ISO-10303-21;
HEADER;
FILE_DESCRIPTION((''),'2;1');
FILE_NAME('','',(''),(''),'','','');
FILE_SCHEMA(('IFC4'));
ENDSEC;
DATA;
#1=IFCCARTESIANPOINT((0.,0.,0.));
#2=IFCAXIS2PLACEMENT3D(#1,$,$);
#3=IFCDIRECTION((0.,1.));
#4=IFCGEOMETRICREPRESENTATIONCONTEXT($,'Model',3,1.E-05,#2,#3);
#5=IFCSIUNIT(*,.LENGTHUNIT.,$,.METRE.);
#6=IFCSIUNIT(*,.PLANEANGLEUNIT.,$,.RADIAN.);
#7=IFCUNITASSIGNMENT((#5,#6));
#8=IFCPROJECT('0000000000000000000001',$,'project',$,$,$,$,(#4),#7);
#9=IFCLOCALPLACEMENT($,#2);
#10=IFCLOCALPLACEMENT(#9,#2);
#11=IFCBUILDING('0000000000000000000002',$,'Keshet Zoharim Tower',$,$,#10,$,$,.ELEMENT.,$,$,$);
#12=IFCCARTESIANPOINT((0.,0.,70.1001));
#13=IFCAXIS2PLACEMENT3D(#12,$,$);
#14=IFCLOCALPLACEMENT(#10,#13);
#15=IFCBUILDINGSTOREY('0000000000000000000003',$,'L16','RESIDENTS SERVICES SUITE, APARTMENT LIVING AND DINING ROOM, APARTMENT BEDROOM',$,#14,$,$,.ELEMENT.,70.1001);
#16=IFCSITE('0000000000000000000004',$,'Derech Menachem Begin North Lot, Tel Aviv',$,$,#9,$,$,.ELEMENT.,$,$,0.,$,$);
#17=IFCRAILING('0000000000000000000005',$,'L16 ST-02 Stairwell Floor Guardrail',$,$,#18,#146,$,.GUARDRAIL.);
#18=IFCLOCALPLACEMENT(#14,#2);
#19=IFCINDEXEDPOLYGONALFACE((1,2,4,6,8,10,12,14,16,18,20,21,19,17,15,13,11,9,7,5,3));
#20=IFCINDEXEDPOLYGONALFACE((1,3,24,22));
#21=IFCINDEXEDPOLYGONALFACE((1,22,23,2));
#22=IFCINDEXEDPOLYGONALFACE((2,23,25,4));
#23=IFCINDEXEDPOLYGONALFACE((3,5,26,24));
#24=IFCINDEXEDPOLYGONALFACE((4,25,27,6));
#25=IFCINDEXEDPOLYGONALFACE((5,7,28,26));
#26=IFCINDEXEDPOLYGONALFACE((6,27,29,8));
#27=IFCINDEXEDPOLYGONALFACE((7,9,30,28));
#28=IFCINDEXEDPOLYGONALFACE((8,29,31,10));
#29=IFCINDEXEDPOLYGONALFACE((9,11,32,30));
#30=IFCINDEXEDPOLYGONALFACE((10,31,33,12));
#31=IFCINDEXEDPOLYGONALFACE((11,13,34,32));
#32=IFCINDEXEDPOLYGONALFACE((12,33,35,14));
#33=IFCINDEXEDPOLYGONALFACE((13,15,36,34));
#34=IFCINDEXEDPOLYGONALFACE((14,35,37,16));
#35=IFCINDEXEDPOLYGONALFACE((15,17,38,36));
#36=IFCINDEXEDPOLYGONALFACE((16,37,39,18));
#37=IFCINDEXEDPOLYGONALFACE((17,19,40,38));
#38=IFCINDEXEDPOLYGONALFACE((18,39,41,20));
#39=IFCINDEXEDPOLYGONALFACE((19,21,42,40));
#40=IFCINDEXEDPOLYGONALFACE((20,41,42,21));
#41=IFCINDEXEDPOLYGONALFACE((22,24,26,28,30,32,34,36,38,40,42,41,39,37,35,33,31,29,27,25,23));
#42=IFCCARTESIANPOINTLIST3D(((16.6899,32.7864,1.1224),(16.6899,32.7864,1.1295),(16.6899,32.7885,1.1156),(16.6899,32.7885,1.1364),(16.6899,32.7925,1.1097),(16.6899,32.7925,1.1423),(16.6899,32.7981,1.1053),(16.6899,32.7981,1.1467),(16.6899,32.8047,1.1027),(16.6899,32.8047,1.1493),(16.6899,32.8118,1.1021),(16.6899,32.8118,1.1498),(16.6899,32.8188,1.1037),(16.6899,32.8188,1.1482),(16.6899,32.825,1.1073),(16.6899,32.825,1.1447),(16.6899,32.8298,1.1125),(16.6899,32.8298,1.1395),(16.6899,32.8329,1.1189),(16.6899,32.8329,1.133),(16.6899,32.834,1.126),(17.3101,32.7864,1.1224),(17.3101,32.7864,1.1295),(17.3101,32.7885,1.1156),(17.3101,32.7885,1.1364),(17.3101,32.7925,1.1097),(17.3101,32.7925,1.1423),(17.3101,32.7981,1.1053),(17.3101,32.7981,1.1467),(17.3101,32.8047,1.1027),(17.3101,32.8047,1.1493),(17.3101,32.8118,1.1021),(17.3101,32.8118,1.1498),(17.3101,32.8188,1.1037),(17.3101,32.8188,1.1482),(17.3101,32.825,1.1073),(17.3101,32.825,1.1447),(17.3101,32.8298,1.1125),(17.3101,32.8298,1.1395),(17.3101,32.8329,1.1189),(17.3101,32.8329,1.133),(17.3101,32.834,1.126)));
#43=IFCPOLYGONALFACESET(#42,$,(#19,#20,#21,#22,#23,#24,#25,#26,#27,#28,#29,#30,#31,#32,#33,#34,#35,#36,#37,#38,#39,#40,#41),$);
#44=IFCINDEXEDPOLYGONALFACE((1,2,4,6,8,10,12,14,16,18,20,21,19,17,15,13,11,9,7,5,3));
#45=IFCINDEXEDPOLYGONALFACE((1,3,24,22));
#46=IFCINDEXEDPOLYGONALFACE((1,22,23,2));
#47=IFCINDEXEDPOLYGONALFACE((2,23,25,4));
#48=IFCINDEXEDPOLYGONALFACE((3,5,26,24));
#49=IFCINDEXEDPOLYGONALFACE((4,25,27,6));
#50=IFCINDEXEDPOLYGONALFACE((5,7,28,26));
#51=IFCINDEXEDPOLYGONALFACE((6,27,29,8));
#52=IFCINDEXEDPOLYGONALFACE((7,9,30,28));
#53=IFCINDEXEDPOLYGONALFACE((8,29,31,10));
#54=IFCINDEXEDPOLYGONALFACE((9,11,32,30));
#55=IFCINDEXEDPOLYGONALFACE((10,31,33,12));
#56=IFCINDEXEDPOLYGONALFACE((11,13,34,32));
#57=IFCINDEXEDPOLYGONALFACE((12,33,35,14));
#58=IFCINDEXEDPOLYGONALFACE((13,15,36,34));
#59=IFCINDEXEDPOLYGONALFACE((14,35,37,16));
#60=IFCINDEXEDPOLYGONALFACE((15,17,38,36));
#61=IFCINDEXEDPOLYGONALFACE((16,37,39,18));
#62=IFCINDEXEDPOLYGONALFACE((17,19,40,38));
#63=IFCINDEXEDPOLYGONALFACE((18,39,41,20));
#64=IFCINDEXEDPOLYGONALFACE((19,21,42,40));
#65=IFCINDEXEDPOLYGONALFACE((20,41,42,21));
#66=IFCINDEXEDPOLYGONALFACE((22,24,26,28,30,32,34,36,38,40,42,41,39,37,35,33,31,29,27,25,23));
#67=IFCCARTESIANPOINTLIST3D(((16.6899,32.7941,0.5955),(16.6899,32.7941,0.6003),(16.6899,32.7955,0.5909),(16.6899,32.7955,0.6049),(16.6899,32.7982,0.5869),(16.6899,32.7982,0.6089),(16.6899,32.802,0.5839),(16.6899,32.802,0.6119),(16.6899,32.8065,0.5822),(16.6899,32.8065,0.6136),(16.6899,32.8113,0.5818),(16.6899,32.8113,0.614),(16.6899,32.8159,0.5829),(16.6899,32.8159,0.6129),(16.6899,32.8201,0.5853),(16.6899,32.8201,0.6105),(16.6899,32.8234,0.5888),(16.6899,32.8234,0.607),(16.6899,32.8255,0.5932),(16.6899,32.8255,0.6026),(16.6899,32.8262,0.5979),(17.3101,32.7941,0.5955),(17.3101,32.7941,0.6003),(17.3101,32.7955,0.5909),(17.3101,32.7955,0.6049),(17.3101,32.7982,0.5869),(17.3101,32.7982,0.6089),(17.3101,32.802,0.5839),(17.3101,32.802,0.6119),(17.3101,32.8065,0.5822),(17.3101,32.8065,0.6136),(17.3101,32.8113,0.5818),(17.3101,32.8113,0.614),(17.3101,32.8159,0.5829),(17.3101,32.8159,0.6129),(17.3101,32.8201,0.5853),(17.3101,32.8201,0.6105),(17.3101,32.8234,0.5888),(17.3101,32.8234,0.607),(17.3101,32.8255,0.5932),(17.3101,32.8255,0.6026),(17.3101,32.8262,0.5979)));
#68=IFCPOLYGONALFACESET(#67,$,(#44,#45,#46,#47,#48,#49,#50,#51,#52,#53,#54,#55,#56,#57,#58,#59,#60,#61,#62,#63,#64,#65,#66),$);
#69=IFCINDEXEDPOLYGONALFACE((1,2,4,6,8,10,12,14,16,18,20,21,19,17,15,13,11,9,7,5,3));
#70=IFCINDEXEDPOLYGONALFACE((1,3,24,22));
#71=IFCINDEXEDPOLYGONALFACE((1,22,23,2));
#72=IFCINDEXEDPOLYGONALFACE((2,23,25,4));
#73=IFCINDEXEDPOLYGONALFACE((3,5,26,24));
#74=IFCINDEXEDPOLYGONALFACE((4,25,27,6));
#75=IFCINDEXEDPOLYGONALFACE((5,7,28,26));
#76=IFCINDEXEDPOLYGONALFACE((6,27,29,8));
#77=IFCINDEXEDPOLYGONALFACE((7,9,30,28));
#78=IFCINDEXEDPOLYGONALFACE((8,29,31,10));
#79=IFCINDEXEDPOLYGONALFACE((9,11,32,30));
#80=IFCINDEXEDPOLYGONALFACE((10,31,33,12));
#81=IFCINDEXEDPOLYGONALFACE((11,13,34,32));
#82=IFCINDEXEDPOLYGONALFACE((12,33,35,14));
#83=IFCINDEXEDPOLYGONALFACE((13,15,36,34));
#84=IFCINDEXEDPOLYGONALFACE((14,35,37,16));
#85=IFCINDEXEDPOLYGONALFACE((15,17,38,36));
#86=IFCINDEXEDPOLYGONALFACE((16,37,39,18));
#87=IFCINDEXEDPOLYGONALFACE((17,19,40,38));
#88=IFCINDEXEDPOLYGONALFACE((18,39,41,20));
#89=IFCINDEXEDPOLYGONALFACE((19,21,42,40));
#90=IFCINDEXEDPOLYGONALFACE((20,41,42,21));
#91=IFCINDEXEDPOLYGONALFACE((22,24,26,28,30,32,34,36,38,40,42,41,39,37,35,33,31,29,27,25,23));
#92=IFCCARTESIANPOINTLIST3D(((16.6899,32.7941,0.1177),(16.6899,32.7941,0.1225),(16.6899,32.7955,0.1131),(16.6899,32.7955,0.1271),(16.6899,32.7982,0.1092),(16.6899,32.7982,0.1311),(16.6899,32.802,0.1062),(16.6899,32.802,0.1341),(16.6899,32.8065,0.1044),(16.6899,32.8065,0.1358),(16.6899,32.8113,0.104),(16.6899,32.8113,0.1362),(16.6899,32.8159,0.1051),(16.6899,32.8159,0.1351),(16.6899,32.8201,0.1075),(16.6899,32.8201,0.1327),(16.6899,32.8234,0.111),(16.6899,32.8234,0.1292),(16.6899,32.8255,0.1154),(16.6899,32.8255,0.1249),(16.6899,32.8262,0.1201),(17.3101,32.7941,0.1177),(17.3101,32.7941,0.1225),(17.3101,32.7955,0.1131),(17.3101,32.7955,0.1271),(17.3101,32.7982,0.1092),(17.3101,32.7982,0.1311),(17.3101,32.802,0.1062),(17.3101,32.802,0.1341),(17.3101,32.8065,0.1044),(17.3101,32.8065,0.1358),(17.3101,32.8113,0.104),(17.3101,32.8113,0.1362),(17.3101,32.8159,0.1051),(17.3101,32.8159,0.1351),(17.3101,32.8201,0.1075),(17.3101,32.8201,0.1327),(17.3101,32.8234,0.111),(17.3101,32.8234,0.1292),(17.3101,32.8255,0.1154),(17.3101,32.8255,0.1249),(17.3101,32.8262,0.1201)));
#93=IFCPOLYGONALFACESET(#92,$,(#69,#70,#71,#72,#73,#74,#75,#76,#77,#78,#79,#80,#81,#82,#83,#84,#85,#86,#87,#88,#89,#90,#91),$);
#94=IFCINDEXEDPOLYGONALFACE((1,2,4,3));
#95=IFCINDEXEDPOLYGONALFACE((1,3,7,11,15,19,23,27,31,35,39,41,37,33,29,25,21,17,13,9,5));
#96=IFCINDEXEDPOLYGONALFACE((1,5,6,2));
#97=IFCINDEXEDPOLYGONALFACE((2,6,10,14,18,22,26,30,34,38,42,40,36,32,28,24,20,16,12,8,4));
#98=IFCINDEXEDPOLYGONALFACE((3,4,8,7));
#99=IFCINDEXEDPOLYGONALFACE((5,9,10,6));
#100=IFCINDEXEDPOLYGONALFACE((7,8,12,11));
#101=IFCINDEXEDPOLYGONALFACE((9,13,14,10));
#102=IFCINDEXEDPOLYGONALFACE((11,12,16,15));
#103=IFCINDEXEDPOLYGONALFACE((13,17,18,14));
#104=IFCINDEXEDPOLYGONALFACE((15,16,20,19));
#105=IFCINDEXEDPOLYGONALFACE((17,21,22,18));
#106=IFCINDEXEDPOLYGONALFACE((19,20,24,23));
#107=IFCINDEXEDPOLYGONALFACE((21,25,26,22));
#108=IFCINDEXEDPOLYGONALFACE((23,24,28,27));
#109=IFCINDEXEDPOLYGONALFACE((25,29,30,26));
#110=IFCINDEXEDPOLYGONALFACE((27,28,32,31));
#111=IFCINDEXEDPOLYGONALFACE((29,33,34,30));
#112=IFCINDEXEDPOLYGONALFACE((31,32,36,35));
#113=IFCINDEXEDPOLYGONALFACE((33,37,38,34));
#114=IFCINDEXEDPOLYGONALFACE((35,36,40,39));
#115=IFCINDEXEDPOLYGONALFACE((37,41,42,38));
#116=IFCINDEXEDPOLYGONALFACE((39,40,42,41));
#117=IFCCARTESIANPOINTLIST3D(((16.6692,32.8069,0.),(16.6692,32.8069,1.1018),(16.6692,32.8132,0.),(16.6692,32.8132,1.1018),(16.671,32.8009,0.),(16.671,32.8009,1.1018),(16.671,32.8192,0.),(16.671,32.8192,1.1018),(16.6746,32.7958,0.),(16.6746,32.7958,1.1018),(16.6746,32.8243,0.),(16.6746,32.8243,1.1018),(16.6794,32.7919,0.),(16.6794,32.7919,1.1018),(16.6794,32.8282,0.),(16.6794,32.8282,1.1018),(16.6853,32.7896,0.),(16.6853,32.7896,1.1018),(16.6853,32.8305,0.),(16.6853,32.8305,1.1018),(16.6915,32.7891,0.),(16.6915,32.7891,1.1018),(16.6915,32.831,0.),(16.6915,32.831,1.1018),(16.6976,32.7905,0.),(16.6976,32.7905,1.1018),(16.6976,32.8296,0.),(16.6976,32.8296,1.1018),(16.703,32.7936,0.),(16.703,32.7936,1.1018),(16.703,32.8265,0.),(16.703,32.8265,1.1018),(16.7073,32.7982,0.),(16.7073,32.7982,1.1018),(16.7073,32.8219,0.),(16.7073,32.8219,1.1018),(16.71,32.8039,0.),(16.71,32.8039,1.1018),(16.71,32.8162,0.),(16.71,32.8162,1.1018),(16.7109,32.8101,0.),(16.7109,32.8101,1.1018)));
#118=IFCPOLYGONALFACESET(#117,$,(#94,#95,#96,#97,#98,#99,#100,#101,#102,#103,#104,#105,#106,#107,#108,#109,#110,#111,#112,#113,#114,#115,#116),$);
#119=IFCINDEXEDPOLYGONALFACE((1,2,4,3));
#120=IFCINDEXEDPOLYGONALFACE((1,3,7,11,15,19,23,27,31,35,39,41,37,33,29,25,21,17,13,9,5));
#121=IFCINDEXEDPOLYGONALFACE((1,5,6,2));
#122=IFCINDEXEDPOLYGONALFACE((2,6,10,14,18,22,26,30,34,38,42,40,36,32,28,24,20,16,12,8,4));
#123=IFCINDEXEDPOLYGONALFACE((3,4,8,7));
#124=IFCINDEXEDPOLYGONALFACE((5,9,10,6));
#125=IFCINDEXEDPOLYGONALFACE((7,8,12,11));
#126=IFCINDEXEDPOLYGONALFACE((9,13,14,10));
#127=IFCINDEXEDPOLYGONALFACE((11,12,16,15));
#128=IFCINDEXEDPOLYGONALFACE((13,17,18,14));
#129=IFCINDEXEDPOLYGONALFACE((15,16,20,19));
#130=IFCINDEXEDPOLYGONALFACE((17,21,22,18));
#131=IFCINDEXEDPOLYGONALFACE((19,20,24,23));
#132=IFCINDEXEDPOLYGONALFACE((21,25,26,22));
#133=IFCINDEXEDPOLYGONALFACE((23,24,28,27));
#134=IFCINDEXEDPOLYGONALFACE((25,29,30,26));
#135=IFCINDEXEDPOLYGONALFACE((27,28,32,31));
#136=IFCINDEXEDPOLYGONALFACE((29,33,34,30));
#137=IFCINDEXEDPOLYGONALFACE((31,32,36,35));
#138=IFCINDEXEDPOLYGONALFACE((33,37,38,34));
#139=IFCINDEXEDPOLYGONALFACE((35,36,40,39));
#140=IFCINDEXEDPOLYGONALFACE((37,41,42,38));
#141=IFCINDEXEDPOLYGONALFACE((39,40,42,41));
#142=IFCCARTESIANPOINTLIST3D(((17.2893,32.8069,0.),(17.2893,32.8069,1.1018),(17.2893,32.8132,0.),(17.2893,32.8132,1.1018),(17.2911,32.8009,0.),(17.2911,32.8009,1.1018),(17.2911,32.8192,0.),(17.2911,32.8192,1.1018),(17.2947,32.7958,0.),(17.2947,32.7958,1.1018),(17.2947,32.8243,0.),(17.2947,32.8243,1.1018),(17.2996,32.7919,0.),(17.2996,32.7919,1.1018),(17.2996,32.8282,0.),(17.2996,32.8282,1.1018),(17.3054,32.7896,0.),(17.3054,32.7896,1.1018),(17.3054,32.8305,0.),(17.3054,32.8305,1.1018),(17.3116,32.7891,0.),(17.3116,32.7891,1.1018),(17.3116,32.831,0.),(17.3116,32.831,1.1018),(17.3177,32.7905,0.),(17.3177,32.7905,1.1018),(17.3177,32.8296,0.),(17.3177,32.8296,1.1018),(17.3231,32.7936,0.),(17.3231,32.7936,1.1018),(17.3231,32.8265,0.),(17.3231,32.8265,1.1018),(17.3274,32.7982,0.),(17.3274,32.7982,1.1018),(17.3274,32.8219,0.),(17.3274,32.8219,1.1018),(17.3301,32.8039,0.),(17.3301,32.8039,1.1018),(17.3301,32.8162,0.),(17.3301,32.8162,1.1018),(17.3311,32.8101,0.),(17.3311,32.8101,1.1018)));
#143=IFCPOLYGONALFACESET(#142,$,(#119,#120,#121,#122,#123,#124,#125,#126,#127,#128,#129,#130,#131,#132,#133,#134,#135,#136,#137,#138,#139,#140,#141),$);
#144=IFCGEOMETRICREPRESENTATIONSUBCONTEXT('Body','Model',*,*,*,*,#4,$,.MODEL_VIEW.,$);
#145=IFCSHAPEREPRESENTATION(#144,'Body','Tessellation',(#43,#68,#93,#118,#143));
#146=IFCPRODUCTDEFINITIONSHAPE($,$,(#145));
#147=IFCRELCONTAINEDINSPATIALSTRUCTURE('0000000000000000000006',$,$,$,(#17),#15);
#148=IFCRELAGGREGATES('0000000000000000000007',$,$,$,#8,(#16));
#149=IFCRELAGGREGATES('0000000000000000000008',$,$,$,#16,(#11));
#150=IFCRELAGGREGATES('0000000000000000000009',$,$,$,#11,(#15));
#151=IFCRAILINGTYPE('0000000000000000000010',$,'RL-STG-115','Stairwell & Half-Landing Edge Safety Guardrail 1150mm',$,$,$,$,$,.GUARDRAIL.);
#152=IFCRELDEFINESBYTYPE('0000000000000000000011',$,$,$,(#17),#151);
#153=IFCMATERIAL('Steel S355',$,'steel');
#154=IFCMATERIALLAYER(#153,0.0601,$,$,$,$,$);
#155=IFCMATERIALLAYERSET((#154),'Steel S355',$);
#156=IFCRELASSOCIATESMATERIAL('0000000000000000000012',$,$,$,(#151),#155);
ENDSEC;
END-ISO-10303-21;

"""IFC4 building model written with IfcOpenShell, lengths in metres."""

from ifc_helpers import new_model, si_unit, direction, frame, origin, origin_2d, place, context, subcontext, project, spatial, circle, extrude, material, layer, layer_set, type_object, element, save


model = new_model("IFC4")

# Units and contexts
model_context = context("Model", 3, precision=1e-05, world=origin(), true_north=direction((0.0, 1.0)))
body_context = subcontext(model_context, "Body", "Model", "MODEL_VIEW")
ifc_project = project(units=[si_unit("LENGTHUNIT", "METRE"), si_unit("PLANEANGLEUNIT", "RADIAN")], contexts=[model_context])

# Site, building, storey
site_placement = place(None, origin())
site = spatial("IfcSite", under=ifc_project, at=site_placement, Name="Derech Menachem Begin North Lot, Tel Aviv", CompositionType="ELEMENT", RefElevation=0.0)
building_placement = place(site_placement, origin())
building = spatial("IfcBuilding", under=site, at=building_placement, Name="Keshet Zoharim Tower", CompositionType="ELEMENT")
storey_placement = place(building_placement, frame((0.0, 0.0, 70.1001)))
storey = spatial("IfcBuildingStorey", under=building, at=storey_placement, Name="L16", Description="RESIDENTS SERVICES SUITE, APARTMENT LIVING AND DINING ROOM, APARTMENT BEDROOM", CompositionType="ELEMENT", Elevation=70.1001)

# Shared definitions
ifc_material_1 = material(Name="Steel S355", Category="steel")

# Railing
ifc_layer_1 = layer(ifc_material_1, 0.0601)
ifc_layer_set_1 = layer_set([ifc_layer_1], Name="Steel S355")
railing_type_1 = type_object("IfcRailingType", Name="RL-STG-115", Description="Stairwell & Half-Landing Edge Safety Guardrail 1150mm", PredefinedType="GUARDRAIL", material=ifc_layer_set_1)
railing_1_placement = place(storey_placement, frame((16.6899, 32.8101, 0.0)))
element("IfcRailing", 1, at=railing_1_placement, inside=storey, type_object=railing_type_1, Name="L16 ST-02 Stairwell Floor Guardrail", PredefinedType="GUARDRAIL", context=body_context, shape_type="SweptSolid", body=[
    extrude(circle(Radius=0.0239, at=origin_2d()), frame((0.0, 0.0, 1.126), z_axis=(1.0, 0.0, 0.0), x_axis=(0.0, 1.0, 0.0)), (0.0, 0.0, 1.0), 0.6201),
    extrude(circle(Radius=0.0161, at=origin_2d()), frame((0.0, 0.0, 0.5979), z_axis=(1.0, 0.0, 0.0), x_axis=(0.0, 1.0, 0.0)), (0.0, 0.0, 1.0), 0.6201),
    extrude(circle(Radius=0.0161, at=origin_2d()), frame((0.0, 0.0, 0.1201), z_axis=(1.0, 0.0, 0.0), x_axis=(0.0, 1.0, 0.0)), (0.0, 0.0, 1.0), 0.6201),
    extrude(circle(Radius=0.021, at=origin_2d()), origin(), (0.0, 0.0, 1.0), 1.1018),
    extrude(circle(Radius=0.021, at=origin_2d()), frame((0.6201, 0.0, 0.0)), (0.0, 0.0, 1.0), 1.1018),
])

save(model, "model.ifc")
